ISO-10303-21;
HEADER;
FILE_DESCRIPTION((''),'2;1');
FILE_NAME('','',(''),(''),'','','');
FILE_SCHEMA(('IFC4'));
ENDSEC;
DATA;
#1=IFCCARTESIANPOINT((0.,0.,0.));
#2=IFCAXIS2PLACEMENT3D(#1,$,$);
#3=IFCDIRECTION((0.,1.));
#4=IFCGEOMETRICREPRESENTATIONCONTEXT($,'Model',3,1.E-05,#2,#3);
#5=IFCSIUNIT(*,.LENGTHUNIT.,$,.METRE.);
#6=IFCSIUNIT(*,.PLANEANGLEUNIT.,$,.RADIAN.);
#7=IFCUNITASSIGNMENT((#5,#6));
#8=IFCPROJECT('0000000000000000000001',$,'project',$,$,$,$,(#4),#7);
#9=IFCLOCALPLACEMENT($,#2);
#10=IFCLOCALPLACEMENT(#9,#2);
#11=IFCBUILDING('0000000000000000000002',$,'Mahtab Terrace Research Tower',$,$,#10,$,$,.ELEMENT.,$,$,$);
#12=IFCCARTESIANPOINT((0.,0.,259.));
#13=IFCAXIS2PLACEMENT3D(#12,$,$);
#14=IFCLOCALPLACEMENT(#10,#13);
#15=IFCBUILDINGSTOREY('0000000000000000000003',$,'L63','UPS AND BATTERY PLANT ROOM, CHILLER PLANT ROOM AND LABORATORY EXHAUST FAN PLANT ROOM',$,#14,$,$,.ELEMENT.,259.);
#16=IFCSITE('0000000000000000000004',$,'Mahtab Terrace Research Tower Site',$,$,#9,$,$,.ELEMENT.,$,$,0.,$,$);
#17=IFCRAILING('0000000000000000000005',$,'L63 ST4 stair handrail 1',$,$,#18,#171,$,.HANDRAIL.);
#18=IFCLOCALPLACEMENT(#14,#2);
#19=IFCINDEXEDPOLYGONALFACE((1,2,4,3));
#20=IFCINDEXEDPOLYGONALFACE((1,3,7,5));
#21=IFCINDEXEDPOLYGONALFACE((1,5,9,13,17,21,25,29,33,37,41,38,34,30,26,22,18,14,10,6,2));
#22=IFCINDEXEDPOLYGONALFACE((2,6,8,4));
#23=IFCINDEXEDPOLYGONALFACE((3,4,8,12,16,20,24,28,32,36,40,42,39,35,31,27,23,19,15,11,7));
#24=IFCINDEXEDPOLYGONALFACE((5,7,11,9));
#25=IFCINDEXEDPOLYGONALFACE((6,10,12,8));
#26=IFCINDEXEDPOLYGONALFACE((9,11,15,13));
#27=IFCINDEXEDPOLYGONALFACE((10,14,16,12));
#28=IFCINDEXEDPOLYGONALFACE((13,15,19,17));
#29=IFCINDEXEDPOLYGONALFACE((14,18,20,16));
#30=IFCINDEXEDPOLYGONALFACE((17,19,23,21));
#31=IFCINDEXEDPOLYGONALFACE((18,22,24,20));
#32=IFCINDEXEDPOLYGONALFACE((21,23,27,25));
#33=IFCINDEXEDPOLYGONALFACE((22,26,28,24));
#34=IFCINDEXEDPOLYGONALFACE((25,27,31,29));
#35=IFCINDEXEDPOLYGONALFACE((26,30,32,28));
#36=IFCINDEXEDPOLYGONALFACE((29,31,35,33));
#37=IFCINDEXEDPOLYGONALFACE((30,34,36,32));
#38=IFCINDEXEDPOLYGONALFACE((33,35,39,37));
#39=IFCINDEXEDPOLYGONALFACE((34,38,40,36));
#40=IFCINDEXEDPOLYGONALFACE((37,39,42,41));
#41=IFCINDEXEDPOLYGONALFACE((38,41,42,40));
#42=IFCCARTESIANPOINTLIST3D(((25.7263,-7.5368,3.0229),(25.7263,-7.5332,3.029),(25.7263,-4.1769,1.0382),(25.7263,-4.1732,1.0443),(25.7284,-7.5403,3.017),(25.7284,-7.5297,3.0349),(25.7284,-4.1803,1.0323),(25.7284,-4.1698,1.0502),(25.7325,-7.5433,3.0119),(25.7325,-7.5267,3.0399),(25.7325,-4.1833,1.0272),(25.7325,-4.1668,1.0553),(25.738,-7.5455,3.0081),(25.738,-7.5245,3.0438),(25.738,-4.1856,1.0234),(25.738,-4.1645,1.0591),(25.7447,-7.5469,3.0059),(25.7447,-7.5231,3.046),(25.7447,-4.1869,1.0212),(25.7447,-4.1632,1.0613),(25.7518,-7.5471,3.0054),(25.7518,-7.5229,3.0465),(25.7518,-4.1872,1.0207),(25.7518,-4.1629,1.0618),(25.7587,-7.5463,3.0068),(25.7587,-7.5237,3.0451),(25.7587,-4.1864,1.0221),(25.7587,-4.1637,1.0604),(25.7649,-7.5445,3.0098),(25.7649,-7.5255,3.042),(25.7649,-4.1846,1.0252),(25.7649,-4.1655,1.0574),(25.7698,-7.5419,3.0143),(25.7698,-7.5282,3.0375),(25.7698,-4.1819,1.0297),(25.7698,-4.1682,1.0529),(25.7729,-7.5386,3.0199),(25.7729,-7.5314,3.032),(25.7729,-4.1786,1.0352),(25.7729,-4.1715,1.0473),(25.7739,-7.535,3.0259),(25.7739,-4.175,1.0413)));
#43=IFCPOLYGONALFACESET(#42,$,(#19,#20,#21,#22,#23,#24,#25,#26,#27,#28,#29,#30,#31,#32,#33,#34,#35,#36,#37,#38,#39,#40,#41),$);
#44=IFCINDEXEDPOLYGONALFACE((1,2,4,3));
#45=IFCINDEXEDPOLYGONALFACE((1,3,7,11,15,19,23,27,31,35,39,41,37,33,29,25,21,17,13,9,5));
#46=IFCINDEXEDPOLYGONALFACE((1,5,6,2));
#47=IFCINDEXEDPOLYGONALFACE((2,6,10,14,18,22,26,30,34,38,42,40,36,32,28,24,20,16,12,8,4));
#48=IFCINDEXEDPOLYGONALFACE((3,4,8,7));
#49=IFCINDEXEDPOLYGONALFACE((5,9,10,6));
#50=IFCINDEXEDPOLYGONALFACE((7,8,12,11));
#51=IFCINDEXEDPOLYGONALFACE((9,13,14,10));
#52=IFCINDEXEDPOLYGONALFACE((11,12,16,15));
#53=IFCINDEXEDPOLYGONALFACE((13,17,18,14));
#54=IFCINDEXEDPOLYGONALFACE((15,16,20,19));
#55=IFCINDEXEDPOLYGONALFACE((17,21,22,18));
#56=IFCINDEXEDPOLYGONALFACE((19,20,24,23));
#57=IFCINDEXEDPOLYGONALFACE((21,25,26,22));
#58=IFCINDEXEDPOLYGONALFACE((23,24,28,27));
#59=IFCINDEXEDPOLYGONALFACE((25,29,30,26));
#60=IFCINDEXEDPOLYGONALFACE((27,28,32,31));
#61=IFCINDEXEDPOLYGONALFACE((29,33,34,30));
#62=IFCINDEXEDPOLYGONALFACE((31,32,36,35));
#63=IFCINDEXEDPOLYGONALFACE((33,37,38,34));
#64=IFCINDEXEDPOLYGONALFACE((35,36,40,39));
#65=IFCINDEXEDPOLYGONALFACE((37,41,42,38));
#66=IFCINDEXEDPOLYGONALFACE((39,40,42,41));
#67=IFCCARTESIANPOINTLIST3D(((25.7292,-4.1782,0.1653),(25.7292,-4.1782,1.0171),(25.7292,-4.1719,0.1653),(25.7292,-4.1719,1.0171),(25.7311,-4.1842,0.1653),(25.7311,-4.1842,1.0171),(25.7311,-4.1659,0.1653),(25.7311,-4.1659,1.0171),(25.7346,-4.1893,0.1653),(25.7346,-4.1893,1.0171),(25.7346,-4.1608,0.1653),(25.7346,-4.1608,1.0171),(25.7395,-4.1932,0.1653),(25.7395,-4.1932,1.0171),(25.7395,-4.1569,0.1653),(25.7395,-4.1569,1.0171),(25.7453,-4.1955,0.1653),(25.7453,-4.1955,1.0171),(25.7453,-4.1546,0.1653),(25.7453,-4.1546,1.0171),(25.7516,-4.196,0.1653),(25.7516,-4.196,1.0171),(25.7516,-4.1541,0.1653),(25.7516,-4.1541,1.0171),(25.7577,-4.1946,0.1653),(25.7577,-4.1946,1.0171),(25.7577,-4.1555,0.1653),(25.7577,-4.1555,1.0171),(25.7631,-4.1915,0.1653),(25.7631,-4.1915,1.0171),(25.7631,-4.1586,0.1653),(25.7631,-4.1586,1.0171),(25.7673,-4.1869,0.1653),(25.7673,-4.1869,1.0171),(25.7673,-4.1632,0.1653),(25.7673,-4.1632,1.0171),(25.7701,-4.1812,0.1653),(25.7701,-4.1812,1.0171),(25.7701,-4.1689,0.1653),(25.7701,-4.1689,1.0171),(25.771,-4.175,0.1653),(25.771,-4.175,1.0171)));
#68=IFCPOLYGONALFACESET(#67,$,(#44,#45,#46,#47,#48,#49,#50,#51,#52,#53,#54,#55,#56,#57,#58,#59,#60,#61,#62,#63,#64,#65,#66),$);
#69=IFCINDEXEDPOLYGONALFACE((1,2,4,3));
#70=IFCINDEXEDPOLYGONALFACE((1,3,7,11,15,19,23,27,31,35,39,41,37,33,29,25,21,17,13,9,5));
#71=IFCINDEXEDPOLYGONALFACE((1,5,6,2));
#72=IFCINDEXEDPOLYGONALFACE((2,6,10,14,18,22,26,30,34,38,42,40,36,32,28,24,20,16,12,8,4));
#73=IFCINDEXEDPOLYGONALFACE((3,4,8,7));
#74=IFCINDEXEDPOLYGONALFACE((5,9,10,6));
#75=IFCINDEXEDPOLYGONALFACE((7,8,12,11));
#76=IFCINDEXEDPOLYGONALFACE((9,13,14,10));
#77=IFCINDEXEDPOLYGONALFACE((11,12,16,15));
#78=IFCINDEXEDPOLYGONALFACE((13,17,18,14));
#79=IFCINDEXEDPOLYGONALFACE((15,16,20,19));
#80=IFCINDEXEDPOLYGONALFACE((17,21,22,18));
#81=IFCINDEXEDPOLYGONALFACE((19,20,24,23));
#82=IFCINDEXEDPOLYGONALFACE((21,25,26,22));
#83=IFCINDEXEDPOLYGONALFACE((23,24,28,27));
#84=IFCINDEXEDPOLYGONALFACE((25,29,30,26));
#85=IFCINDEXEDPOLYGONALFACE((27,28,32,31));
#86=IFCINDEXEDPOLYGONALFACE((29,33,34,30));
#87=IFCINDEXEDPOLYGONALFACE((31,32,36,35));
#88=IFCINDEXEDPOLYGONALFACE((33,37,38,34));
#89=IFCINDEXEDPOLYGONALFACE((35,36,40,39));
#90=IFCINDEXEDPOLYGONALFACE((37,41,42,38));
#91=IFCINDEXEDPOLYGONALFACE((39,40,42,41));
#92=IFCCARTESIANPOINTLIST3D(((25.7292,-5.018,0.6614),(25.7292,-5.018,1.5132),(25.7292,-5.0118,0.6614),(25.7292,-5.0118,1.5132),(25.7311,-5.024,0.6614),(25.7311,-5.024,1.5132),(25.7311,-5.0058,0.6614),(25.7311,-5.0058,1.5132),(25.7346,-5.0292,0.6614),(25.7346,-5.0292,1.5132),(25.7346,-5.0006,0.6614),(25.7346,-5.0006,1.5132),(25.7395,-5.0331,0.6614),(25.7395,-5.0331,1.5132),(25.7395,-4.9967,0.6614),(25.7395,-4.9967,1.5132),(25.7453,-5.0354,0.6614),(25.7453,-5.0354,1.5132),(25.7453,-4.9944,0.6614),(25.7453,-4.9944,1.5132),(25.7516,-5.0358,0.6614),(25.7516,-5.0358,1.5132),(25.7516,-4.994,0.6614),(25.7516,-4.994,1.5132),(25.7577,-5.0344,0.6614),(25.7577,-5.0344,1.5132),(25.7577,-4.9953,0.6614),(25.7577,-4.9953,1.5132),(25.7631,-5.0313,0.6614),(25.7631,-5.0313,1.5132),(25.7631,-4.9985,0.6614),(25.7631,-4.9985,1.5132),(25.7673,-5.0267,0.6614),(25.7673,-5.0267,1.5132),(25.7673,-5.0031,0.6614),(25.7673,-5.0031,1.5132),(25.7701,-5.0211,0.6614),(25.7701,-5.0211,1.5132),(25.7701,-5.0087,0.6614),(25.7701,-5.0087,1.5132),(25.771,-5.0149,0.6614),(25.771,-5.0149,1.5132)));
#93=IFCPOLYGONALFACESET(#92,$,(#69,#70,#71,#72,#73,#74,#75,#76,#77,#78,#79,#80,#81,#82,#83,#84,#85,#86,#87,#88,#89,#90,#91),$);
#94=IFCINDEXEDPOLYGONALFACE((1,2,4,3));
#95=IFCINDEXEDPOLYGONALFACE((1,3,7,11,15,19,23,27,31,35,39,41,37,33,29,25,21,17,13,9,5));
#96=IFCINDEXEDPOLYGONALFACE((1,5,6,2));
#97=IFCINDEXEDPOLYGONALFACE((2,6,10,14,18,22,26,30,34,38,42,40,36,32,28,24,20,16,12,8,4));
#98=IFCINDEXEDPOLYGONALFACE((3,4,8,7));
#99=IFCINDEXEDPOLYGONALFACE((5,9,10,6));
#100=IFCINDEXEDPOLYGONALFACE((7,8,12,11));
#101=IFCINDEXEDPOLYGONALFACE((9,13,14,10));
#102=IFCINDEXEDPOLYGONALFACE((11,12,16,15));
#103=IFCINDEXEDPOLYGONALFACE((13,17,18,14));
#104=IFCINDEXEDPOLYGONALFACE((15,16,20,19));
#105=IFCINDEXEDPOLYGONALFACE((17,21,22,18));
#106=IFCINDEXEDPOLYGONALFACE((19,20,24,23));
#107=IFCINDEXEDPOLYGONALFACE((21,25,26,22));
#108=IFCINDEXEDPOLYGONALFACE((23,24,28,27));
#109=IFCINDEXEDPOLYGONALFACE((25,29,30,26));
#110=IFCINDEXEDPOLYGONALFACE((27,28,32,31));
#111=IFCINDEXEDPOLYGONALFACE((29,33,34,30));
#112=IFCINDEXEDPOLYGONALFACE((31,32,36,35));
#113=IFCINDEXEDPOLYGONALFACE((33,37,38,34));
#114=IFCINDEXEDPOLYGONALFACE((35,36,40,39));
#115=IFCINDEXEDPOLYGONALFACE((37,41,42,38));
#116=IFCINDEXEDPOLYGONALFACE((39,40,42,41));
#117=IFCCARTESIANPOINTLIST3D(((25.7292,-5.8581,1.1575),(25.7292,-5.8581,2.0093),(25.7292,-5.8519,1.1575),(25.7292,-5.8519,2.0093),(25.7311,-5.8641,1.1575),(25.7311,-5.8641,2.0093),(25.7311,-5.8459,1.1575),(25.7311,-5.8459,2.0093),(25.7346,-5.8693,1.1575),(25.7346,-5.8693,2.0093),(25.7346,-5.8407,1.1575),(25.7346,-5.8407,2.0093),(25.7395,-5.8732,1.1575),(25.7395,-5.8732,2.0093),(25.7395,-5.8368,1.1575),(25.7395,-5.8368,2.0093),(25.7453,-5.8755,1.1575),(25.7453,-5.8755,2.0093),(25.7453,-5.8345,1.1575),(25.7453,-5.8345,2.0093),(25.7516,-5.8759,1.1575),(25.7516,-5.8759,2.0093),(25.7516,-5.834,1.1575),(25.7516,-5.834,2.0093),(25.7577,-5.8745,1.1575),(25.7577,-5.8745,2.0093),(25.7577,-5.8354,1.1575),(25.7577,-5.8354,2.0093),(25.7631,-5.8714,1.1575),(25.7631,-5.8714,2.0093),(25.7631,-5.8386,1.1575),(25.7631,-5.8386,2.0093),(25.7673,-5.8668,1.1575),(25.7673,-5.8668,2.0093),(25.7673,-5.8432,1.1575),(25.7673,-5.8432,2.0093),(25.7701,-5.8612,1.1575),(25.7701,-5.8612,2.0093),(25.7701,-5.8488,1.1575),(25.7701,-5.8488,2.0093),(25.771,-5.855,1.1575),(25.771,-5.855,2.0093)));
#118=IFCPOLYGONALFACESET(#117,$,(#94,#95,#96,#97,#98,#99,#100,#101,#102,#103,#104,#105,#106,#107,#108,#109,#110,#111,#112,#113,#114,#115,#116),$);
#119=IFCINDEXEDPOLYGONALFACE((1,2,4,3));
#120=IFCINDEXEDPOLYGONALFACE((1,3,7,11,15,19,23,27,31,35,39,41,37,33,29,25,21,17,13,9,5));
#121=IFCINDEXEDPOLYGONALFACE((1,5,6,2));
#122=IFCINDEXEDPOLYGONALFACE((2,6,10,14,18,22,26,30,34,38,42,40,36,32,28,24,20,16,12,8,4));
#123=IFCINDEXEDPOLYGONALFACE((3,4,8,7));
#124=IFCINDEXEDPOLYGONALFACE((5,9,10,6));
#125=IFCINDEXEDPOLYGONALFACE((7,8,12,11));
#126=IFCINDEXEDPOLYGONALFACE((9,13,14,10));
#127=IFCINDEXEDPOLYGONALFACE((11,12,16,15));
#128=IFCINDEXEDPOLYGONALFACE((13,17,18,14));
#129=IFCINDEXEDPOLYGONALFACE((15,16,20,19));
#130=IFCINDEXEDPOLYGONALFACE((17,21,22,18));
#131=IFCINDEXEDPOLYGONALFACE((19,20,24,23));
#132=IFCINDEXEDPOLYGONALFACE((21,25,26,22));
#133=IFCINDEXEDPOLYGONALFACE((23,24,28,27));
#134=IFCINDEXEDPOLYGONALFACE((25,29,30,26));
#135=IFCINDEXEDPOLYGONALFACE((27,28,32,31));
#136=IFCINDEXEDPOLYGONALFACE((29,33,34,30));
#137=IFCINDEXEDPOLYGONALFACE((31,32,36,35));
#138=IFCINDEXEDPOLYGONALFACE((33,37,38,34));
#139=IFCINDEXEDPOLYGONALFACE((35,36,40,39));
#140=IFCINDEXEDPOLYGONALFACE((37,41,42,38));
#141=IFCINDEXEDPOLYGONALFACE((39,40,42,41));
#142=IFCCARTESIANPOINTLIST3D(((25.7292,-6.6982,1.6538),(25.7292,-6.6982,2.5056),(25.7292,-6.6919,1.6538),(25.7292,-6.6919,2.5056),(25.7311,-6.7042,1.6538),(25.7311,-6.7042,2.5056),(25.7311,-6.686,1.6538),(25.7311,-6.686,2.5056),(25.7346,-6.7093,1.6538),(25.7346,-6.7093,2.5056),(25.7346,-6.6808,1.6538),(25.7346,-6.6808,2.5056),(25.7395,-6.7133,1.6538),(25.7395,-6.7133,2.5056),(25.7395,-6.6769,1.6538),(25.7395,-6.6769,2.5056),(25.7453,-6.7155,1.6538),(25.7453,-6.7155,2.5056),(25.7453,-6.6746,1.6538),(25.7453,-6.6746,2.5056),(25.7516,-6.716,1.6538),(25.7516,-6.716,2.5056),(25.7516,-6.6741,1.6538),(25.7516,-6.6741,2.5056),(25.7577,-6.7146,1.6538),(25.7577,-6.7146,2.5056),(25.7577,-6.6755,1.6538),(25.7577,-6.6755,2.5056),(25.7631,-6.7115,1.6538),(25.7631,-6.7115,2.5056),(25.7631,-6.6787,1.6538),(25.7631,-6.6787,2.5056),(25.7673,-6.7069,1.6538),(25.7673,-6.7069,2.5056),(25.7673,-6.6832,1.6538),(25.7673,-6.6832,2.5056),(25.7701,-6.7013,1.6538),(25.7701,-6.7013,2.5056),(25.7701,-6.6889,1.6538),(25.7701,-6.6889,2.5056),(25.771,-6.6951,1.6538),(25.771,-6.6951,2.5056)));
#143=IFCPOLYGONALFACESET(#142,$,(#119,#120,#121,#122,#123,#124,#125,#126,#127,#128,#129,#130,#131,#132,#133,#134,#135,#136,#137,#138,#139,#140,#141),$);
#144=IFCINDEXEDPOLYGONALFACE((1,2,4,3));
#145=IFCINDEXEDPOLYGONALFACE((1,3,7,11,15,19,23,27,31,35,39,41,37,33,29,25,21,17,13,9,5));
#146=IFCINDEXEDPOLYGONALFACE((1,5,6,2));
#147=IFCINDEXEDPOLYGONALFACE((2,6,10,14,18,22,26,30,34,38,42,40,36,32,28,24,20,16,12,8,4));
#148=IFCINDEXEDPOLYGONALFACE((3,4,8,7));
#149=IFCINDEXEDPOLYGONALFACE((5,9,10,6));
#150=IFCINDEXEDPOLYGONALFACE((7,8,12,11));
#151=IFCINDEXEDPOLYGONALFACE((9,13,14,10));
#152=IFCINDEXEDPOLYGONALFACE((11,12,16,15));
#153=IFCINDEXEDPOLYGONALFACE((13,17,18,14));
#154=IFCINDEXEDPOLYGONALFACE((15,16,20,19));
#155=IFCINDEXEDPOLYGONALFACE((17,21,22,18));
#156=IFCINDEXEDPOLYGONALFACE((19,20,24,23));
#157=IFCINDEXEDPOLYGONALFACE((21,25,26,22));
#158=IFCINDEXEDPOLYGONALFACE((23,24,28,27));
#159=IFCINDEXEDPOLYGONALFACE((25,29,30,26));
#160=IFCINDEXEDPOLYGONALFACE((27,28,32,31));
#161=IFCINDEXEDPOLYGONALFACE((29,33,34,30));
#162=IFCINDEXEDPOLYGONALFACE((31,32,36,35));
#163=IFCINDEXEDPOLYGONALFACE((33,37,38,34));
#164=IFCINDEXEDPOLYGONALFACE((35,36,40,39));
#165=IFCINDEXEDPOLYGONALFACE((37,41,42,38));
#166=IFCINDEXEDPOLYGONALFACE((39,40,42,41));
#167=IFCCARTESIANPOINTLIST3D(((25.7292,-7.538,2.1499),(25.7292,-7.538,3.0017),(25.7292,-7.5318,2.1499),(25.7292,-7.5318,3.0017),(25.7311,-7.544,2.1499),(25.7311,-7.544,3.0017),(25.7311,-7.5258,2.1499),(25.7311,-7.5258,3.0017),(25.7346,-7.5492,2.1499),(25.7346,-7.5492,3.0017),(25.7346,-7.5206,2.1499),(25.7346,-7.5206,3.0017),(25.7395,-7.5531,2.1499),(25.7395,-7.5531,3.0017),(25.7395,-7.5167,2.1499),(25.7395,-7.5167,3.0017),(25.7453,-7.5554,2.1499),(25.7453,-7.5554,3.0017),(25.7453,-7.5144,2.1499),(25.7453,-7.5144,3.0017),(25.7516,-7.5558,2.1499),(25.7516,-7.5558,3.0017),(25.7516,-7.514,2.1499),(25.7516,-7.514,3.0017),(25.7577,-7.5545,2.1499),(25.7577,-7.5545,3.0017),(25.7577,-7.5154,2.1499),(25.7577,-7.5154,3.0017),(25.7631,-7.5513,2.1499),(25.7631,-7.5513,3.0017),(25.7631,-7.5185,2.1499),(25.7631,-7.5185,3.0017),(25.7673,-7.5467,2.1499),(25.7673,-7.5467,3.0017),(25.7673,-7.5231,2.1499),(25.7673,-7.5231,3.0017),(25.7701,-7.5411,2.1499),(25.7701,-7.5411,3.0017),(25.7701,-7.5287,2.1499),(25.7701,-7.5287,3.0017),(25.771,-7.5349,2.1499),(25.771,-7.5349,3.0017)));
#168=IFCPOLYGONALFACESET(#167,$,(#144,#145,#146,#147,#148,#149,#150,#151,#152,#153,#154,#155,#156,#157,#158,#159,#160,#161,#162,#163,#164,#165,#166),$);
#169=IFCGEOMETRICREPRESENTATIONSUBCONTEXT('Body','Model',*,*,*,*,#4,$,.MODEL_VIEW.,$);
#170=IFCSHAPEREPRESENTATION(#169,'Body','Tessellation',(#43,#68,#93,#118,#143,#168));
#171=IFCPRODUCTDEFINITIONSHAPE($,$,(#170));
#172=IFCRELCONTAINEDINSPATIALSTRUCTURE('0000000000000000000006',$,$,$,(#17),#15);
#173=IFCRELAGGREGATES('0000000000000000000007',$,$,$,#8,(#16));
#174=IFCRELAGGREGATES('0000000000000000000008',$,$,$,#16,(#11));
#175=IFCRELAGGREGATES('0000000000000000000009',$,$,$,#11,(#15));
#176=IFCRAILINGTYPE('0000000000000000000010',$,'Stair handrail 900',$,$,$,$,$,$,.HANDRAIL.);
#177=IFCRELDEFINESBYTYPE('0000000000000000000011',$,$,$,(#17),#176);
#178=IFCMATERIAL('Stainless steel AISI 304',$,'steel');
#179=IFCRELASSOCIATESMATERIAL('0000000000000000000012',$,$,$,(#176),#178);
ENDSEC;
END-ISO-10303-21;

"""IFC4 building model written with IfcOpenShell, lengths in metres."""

from ifc_helpers import new_model, si_unit, direction, frame, origin, origin_2d, place, context, subcontext, project, spatial, circle, extrude, material, type_object, element, save


model = new_model("IFC4")

# Units and contexts
model_context = context("Model", 3, precision=1e-05, world=origin(), true_north=direction((0.0, 1.0)))
body_context = subcontext(model_context, "Body", "Model", "MODEL_VIEW")
ifc_project = project(units=[si_unit("LENGTHUNIT", "METRE"), si_unit("PLANEANGLEUNIT", "RADIAN")], contexts=[model_context])

# Site, building, storey
site_placement = place(None, origin())
site = spatial("IfcSite", under=ifc_project, at=site_placement, Name="Mahtab Terrace Research Tower Site", CompositionType="ELEMENT", RefElevation=0.0)
building_placement = place(site_placement, origin())
building = spatial("IfcBuilding", under=site, at=building_placement, Name="Mahtab Terrace Research Tower", CompositionType="ELEMENT")
storey_placement = place(building_placement, frame((0.0, 0.0, 259.0)))
storey = spatial("IfcBuildingStorey", under=building, at=storey_placement, Name="L63", Description="UPS AND BATTERY PLANT ROOM, CHILLER PLANT ROOM AND LABORATORY EXHAUST FAN PLANT ROOM", CompositionType="ELEMENT", Elevation=259.0)

# Railing
ifc_material_1 = material(Name="Stainless steel AISI 304", Category="steel")
railing_type_1 = type_object("IfcRailingType", Name="Stair handrail 900", PredefinedType="HANDRAIL", material=ifc_material_1)
railing_1_placement = place(storey_placement, frame((25.75, -4.175, 0.1653)))
element("IfcRailing", 1, at=railing_1_placement, inside=storey, type_object=railing_type_1, Name="L63 ST4 stair handrail 1", PredefinedType="HANDRAIL", context=body_context, shape_type="SweptSolid", body=[
    extrude(circle(Radius=0.0239, at=origin_2d()), frame((0.0, 0.0, 0.876), z_axis=(0.0, -0.861011, 0.508586), x_axis=(1.0, 0.0, 0.0)), (0.0, 0.0, 1.0), 3.9023),
    extrude(circle(Radius=0.021, at=origin_2d()), origin(), (0.0, 0.0, 1.0), 0.8518),
    extrude(circle(Radius=0.021, at=origin_2d()), frame((0.0, -0.8398, 0.4961)), (0.0, 0.0, 1.0), 0.8518),
    extrude(circle(Radius=0.021, at=origin_2d()), frame((0.0, -1.6799, 0.9922)), (0.0, 0.0, 1.0), 0.8518),
    extrude(circle(Radius=0.021, at=origin_2d()), frame((0.0, -2.52, 1.4885)), (0.0, 0.0, 1.0), 0.8518),
    extrude(circle(Radius=0.021, at=origin_2d()), frame((0.0, -3.3599, 1.9846)), (0.0, 0.0, 1.0), 0.8518),
])

save(model, "model.ifc")
